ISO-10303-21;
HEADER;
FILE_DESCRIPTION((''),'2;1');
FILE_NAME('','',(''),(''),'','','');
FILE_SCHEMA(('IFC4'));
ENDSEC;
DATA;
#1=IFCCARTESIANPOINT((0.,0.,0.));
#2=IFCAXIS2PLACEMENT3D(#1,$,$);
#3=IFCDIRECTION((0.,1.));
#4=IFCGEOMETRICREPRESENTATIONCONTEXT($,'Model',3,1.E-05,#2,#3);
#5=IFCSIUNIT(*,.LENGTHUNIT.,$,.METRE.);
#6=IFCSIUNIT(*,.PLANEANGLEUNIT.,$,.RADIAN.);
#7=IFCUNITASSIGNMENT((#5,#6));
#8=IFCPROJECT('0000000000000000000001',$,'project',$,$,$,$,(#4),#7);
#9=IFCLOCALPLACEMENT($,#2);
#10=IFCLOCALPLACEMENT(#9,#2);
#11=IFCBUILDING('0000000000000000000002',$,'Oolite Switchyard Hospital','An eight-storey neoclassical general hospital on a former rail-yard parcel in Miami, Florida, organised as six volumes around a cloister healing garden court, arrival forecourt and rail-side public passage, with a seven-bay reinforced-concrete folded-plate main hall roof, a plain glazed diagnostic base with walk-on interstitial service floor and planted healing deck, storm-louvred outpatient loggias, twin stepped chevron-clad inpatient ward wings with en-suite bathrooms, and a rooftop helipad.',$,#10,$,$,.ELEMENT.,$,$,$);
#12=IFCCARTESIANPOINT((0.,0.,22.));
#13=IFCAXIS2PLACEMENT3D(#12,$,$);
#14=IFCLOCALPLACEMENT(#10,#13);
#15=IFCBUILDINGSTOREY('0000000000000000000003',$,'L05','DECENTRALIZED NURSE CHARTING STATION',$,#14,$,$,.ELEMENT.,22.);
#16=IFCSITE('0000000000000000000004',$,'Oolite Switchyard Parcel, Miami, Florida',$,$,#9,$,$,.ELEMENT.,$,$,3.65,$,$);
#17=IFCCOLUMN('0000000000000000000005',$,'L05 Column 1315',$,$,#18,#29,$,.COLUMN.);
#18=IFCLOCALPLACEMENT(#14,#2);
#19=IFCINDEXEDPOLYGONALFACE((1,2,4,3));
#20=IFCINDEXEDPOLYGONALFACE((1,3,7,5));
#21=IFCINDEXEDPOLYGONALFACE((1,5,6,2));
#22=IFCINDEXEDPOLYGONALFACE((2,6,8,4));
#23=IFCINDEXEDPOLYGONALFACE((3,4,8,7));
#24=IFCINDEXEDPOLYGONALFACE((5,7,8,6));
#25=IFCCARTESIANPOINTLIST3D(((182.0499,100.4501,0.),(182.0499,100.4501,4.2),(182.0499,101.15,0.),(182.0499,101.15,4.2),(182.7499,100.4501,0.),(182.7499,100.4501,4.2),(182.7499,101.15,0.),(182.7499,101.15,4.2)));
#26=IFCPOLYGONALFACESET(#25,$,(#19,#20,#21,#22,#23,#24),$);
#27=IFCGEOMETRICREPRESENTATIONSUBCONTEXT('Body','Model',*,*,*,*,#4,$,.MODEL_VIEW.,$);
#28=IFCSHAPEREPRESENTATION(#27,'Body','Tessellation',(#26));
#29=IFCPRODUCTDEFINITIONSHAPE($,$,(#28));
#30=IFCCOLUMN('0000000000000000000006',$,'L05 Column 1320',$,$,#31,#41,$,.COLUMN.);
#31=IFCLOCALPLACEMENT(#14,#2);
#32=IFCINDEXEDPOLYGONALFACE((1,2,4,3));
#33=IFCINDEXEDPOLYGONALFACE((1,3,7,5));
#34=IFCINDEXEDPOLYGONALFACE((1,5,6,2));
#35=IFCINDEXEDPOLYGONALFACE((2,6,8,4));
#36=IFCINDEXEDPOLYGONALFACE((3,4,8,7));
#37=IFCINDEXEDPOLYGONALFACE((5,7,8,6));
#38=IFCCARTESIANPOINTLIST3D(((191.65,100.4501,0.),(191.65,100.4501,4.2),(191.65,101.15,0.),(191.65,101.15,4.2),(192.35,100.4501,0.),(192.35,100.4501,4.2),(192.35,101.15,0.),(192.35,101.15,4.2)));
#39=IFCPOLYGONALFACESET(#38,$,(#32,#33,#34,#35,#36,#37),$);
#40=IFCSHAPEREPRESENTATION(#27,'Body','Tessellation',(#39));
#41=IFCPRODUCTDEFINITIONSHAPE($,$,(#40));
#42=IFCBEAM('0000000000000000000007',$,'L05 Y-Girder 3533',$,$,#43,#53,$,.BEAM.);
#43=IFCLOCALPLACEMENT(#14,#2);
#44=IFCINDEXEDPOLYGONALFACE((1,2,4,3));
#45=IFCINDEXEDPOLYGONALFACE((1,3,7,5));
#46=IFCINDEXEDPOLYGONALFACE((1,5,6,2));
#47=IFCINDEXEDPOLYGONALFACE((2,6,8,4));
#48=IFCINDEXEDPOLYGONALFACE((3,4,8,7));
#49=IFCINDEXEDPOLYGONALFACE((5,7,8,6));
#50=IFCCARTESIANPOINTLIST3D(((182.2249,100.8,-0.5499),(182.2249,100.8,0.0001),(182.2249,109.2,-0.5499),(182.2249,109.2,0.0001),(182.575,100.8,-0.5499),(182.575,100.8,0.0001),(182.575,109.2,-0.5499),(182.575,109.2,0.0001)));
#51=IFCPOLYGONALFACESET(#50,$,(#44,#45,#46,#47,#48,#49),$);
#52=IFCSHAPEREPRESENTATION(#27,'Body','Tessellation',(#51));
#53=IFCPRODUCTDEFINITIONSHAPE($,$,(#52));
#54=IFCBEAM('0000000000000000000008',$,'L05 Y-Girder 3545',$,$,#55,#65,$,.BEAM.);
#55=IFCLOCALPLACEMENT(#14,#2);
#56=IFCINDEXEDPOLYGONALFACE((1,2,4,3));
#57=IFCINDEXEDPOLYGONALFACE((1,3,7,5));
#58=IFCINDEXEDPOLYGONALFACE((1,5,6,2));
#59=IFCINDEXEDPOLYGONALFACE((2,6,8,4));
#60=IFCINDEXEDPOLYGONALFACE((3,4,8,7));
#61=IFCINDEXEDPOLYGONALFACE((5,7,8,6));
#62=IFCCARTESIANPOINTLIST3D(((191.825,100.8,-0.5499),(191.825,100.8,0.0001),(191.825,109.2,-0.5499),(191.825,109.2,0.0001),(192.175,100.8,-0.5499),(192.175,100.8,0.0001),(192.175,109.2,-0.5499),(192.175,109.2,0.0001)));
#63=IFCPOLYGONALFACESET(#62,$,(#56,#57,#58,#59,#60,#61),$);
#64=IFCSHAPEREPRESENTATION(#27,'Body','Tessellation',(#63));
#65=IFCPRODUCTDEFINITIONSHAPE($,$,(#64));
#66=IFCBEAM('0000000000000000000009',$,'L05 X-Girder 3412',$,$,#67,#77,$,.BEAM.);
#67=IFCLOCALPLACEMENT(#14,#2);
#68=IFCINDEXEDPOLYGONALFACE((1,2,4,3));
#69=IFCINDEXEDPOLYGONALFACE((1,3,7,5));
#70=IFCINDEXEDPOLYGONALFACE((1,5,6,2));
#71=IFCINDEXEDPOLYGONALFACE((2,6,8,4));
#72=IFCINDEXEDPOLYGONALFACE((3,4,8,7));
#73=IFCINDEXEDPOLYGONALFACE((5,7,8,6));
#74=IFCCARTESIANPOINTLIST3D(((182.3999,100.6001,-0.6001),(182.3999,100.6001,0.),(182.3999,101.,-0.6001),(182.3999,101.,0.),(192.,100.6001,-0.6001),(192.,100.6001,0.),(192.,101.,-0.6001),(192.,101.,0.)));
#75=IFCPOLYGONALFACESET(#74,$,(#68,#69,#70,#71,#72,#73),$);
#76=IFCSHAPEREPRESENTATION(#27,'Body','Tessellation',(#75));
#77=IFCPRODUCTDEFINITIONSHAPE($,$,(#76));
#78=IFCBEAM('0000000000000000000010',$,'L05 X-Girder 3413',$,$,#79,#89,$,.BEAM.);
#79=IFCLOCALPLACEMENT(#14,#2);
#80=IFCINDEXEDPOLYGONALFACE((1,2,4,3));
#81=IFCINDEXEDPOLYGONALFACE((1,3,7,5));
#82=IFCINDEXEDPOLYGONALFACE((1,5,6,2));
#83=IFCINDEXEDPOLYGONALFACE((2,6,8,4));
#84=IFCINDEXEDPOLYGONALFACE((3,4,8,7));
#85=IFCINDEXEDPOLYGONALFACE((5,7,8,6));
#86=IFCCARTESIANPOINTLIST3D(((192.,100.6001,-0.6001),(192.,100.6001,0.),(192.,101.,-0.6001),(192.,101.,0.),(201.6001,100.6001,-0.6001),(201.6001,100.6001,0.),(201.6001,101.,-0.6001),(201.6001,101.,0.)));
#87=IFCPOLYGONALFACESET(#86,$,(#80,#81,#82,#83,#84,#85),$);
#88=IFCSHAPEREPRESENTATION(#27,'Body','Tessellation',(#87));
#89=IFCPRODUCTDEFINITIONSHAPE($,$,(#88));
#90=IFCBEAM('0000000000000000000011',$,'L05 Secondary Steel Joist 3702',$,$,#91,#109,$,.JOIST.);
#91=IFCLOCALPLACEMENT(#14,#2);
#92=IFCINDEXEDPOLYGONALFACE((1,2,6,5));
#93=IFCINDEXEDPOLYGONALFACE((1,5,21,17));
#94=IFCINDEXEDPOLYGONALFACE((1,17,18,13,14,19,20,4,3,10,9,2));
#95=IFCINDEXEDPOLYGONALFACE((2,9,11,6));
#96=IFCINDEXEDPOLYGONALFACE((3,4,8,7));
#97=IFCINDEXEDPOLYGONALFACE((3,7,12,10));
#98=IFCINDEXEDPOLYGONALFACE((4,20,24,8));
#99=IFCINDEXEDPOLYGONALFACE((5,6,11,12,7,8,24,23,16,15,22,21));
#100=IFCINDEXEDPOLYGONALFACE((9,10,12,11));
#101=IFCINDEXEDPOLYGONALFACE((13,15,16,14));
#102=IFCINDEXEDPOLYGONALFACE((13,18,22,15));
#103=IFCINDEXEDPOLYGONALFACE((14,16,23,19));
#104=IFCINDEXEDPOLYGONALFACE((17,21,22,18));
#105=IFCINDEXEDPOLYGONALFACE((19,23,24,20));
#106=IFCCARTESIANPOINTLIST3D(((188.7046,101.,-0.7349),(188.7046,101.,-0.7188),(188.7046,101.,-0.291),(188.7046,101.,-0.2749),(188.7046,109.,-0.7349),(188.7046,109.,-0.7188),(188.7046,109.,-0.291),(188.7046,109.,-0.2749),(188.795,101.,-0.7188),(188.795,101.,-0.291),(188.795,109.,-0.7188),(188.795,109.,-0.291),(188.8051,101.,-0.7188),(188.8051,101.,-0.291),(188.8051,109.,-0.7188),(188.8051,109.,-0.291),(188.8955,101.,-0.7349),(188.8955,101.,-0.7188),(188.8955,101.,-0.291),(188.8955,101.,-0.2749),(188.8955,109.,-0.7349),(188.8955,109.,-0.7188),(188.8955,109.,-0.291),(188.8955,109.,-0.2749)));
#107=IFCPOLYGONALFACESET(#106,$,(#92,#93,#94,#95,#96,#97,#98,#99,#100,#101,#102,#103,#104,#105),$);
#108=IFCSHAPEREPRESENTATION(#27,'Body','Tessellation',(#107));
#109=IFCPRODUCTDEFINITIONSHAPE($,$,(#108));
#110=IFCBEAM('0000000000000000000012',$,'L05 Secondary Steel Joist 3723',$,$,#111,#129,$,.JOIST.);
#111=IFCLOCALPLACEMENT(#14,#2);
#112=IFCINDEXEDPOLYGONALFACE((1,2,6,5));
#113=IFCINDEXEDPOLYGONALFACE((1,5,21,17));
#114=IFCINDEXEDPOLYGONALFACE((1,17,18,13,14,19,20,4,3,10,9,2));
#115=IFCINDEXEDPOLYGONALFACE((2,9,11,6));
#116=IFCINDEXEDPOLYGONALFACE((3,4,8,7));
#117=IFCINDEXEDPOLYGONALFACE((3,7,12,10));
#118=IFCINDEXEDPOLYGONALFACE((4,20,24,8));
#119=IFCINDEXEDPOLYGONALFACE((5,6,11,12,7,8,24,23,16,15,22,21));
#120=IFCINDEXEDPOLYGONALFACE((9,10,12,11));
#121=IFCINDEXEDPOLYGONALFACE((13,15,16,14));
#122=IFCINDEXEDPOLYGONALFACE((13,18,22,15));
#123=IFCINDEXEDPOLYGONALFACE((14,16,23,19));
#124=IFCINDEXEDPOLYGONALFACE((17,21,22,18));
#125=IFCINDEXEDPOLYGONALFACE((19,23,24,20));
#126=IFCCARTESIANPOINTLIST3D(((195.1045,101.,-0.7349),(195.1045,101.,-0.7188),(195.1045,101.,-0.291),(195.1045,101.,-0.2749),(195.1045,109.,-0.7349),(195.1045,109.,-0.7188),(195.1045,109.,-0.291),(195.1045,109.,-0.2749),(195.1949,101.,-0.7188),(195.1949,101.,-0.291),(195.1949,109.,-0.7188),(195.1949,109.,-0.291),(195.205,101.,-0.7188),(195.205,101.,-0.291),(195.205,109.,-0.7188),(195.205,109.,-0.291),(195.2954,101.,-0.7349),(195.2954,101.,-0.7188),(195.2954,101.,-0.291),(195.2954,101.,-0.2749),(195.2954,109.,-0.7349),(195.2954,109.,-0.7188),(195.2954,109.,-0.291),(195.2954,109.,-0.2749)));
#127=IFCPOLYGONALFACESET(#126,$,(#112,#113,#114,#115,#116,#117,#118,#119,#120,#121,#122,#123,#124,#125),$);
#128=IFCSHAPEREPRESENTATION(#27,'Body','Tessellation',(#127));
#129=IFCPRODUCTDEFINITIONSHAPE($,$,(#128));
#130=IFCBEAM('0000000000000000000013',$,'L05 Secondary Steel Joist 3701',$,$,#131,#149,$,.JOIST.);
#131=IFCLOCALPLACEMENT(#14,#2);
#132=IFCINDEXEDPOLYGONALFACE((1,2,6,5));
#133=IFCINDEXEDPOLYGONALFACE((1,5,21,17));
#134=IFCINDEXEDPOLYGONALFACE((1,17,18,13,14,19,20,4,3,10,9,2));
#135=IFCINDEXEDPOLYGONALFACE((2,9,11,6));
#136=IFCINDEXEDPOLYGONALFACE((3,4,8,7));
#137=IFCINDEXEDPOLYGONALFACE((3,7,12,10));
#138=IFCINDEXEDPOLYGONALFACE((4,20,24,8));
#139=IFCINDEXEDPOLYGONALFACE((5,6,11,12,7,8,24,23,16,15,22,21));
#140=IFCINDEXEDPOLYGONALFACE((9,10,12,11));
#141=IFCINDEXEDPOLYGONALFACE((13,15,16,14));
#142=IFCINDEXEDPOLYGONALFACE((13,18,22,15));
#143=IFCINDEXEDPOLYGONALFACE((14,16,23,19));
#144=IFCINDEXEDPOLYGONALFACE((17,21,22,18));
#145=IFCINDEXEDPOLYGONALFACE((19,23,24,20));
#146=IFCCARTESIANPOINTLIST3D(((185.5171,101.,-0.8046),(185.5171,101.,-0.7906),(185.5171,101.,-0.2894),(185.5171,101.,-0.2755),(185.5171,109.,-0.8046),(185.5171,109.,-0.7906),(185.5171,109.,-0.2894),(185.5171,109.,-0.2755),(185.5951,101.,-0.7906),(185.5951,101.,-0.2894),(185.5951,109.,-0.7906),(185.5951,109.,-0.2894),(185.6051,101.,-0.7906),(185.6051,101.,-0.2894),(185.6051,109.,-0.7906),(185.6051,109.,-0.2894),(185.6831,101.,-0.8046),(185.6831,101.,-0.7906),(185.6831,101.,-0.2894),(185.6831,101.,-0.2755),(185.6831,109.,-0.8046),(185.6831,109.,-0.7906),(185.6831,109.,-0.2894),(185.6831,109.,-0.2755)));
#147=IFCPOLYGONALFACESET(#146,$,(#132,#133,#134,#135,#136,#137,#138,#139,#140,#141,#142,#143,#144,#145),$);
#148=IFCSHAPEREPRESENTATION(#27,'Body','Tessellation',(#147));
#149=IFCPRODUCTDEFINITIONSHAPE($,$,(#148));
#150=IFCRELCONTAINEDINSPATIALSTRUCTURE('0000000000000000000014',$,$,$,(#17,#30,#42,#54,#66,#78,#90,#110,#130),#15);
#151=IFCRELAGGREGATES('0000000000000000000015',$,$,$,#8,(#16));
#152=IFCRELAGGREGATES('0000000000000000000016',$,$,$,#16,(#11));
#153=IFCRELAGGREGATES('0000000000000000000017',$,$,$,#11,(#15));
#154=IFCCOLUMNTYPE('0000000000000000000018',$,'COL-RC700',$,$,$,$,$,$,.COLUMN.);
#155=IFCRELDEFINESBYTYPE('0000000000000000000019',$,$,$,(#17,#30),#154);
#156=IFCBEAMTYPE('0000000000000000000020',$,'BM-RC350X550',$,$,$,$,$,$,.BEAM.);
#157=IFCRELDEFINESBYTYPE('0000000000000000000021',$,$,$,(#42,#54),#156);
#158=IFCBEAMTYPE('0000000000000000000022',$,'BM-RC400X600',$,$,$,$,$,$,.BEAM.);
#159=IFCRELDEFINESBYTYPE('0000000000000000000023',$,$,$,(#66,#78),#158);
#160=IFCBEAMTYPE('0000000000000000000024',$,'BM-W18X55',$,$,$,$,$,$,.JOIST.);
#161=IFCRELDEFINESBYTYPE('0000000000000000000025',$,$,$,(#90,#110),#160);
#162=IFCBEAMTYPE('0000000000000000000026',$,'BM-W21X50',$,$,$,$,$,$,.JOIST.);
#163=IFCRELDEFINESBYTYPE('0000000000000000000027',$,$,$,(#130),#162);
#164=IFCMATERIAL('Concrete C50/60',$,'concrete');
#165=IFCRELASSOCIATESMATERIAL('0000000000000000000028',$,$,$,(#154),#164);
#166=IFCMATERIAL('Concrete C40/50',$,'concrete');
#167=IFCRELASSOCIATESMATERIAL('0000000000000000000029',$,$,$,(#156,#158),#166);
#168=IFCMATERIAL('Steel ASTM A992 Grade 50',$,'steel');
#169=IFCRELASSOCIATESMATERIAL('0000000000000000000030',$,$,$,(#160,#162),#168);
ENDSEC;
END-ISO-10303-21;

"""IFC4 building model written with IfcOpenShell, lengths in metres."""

from ifc_helpers import new_model, si_unit, direction, frame, origin, origin_2d, place, context, subcontext, project, spatial, rectangle, i_section, extrude, material, material_profile, profile_set, type_object, element, save


model = new_model("IFC4")

# Units and contexts
model_context = context("Model", 3, precision=1e-05, world=origin(), true_north=direction((0.0, 1.0)))
body_context = subcontext(model_context, "Body", "Model", "MODEL_VIEW")
ifc_project = project(units=[si_unit("LENGTHUNIT", "METRE"), si_unit("PLANEANGLEUNIT", "RADIAN")], contexts=[model_context])

# Site, building, storey
site_placement = place(None, origin())
site = spatial("IfcSite", under=ifc_project, at=site_placement, Name="Oolite Switchyard Parcel, Miami, Florida", CompositionType="ELEMENT", RefElevation=3.65)
building_placement = place(site_placement, origin())
building = spatial("IfcBuilding", under=site, at=building_placement, Name="Oolite Switchyard Hospital", Description="An eight-storey neoclassical general hospital on a former rail-yard parcel in Miami, Florida, organised as six volumes around a cloister healing garden court, arrival forecourt and rail-side public passage, with a seven-bay reinforced-concrete folded-plate main hall roof, a plain glazed diagnostic base with walk-on interstitial service floor and planted healing deck, storm-louvred outpatient loggias, twin stepped chevron-clad inpatient ward wings with en-suite bathrooms, and a rooftop helipad.", CompositionType="ELEMENT")
storey_placement = place(building_placement, frame((0.0, 0.0, 22.0)))
storey = spatial("IfcBuildingStorey", under=building, at=storey_placement, Name="L05", Description="DECENTRALIZED NURSE CHARTING STATION", CompositionType="ELEMENT", Elevation=22.0)

# Columns
ifc_material_1 = material(Name="Concrete C50/60", Category="concrete")
ifc_material_profile_1 = material_profile(ifc_material_1, rectangle(XDim=0.7, YDim=0.7, at=origin_2d()), Name="RC700X700")
ifc_profile_set_1 = profile_set([ifc_material_profile_1], Name="Concrete C50/60")
column_type = type_object("IfcColumnType", Name="COL-RC700", PredefinedType="COLUMN", material=ifc_profile_set_1)
for number, where, z_axis, x_axis, name in (
    (1, (182.3999, 100.8, 0.0), (0.0, 0.0, 1.0), (1.0, 0.0, 0.0), "L05 Column 1315"),
    (2, (192.0, 100.8, 0.0), (0.0, 0.0, 1.0), (1.0, 0.0, 0.0), "L05 Column 1320"),
):
    element("IfcColumn", number, at=place(storey_placement, frame(where, z_axis=z_axis, x_axis=x_axis)), inside=storey, type_object=column_type, Name=name, PredefinedType="COLUMN", context=body_context, shape_type="SweptSolid", body=[
        extrude(rectangle(XDim=0.7, YDim=0.7, at=origin_2d()), origin(), (0.0, 0.0, 1.0), 4.2),
    ])

# Beams
ifc_material_2 = material(Name="Concrete C40/50", Category="concrete")
ifc_material_profile_2 = material_profile(ifc_material_2, rectangle(XDim=0.3501, YDim=0.55, at=origin_2d()), Name="RCB350X550")
ifc_profile_set_2 = profile_set([ifc_material_profile_2], Name="Concrete C40/50")
beam_type_1 = type_object("IfcBeamType", Name="BM-RC350X550", PredefinedType="BEAM", material=ifc_profile_set_2)
for number, where, z_axis, x_axis, name in (
    (3, (182.3999, 100.8, -0.2749), (0.0, 1.0, 0.0), (-1.0, 0.0, 0.0), "L05 Y-Girder 3533"),
    (4, (192.0, 100.8, -0.2749), (0.0, 1.0, 0.0), (-1.0, 0.0, 0.0), "L05 Y-Girder 3545"),
):
    element("IfcBeam", number, at=place(storey_placement, frame(where, z_axis=z_axis, x_axis=x_axis)), inside=storey, type_object=beam_type_1, Name=name, PredefinedType="BEAM", context=body_context, shape_type="SweptSolid", body=[
        extrude(rectangle(XDim=0.3501, YDim=0.55, at=origin_2d()), origin(), (0.0, 0.0, 1.0), 8.3999),
    ])
ifc_material_profile_3 = material_profile(ifc_material_2, rectangle(XDim=0.3999, YDim=0.6001, at=origin_2d()), Name="RCB400X600")
ifc_profile_set_3 = profile_set([ifc_material_profile_3], Name="Concrete C40/50")
beam_type_2 = type_object("IfcBeamType", Name="BM-RC400X600", PredefinedType="BEAM", material=ifc_profile_set_3)
for number, where, z_axis, x_axis, name in (
    (5, (182.3999, 100.8, -0.3), (1.0, 0.0, 0.0), (0.0, 1.0, 0.0), "L05 X-Girder 3412"),
    (6, (192.0, 100.8, -0.3), (1.0, 0.0, 0.0), (0.0, 1.0, 0.0), "L05 X-Girder 3413"),
):
    element("IfcBeam", number, at=place(storey_placement, frame(where, z_axis=z_axis, x_axis=x_axis)), inside=storey, type_object=beam_type_2, Name=name, PredefinedType="BEAM", context=body_context, shape_type="SweptSolid", body=[
        extrude(rectangle(XDim=0.3999, YDim=0.6001, at=origin_2d()), origin(), (0.0, 0.0, 1.0), 9.6001),
    ])
ifc_material_3 = material(Name="Steel ASTM A992 Grade 50", Category="steel")
ifc_material_profile_4 = material_profile(ifc_material_3, i_section(OverallWidth=0.1909, OverallDepth=0.46, WebThickness=0.01, FlangeThickness=0.0161, at=origin_2d()), Name="W18X55")
ifc_profile_set_4 = profile_set([ifc_material_profile_4], Name="Steel ASTM A992 Grade 50")
beam_type_3 = type_object("IfcBeamType", Name="BM-W18X55", PredefinedType="JOIST", material=ifc_profile_set_4)
for number, where, z_axis, x_axis, name in (
    (7, (188.8, 101.0, -0.5049), (0.0, 1.0, 0.0), (-1.0, 0.0, 0.0), "L05 Secondary Steel Joist 3702"),
    (8, (195.2, 101.0, -0.5049), (0.0, 1.0, 0.0), (-1.0, 0.0, 0.0), "L05 Secondary Steel Joist 3723"),
):
    element("IfcBeam", number, at=place(storey_placement, frame(where, z_axis=z_axis, x_axis=x_axis)), inside=storey, type_object=beam_type_3, Name=name, PredefinedType="JOIST", context=body_context, shape_type="SweptSolid", body=[
        extrude(i_section(OverallWidth=0.1909, OverallDepth=0.46, WebThickness=0.01, FlangeThickness=0.0161, at=origin_2d()), origin(), (0.0, 0.0, 1.0), 8.0),
    ])
ifc_material_profile_5 = material_profile(ifc_material_3, i_section(OverallWidth=0.166, OverallDepth=0.5291, WebThickness=0.01, FlangeThickness=0.0139, at=origin_2d()), Name="W21X50")
ifc_profile_set_5 = profile_set([ifc_material_profile_5], Name="Steel ASTM A992 Grade 50")
beam_type_4 = type_object("IfcBeamType", Name="BM-W21X50", PredefinedType="JOIST", material=ifc_profile_set_5)
beam_placement = place(storey_placement, frame((185.6001, 101.0, -0.54), z_axis=(0.0, 1.0, 0.0), x_axis=(-1.0, 0.0, 0.0)))
element("IfcBeam", 9, at=beam_placement, inside=storey, type_object=beam_type_4, Name="L05 Secondary Steel Joist 3701", PredefinedType="JOIST", context=body_context, shape_type="SweptSolid", body=[
    extrude(i_section(OverallWidth=0.166, OverallDepth=0.5291, WebThickness=0.01, FlangeThickness=0.0139, at=origin_2d()), origin(), (0.0, 0.0, 1.0), 8.0),
])

save(model, "model.ifc")
